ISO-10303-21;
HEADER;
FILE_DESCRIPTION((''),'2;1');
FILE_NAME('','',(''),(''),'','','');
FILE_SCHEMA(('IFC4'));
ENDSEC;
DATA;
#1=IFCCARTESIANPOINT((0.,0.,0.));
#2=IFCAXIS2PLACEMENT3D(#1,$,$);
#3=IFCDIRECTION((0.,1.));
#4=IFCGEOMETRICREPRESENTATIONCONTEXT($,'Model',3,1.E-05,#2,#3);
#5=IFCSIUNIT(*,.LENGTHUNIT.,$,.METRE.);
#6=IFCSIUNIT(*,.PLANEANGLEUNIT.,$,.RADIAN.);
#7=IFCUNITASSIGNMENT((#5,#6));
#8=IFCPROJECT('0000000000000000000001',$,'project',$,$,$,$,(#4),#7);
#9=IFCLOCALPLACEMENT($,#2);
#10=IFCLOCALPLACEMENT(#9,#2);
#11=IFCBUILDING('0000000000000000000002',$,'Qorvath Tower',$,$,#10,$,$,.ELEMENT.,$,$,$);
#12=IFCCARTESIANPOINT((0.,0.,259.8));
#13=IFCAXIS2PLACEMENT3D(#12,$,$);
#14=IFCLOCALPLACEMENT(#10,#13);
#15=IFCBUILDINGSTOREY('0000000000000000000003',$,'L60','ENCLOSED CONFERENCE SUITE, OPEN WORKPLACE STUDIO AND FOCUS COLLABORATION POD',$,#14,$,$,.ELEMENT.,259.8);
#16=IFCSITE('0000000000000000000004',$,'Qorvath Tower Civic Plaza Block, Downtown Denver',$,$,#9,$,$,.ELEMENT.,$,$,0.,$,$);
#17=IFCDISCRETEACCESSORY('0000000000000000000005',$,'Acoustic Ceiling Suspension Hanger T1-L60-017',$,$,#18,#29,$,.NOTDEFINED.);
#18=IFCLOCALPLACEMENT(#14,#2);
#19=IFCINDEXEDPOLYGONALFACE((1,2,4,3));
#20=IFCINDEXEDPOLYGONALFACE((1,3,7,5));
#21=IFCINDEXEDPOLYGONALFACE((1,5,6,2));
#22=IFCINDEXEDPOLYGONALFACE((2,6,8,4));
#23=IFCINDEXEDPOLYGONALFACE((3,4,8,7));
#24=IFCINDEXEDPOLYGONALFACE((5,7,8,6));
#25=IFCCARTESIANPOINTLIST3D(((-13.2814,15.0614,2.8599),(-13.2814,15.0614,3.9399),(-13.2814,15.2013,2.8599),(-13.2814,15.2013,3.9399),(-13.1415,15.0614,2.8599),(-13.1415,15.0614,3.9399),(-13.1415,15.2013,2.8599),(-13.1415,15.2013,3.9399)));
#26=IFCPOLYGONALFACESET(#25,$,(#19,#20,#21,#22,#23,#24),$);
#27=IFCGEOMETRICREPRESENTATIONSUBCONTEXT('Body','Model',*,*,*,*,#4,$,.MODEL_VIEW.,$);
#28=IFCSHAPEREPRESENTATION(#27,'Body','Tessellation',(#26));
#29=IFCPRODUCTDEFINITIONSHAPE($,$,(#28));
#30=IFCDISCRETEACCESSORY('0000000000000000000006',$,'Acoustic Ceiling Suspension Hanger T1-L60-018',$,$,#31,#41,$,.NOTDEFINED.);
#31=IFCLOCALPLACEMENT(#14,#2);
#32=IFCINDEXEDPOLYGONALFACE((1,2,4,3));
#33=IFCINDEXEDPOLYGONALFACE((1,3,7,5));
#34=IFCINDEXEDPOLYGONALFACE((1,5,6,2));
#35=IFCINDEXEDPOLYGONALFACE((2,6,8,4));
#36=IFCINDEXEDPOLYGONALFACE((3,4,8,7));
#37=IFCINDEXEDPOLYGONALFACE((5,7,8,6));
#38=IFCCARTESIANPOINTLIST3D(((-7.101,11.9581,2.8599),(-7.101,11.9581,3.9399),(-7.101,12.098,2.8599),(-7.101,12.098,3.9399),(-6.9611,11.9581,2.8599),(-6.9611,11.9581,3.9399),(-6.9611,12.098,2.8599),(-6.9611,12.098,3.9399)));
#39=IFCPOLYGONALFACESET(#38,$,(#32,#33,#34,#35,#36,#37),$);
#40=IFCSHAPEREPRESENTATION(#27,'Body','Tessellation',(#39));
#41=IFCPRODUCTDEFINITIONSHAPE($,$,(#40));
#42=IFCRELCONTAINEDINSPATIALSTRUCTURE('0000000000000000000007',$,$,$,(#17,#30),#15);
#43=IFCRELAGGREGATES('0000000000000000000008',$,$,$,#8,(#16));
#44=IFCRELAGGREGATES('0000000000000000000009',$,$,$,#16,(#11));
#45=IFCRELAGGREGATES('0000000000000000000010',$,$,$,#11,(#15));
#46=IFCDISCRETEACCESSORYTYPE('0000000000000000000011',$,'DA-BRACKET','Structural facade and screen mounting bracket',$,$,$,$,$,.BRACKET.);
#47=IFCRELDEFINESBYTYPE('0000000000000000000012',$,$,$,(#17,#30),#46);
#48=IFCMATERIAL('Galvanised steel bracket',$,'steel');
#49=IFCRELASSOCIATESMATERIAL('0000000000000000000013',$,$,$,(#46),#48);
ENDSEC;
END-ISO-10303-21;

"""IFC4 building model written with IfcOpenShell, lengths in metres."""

from ifc_helpers import new_model, si_unit, direction, frame, origin, origin_2d, place, context, subcontext, project, spatial, rectangle, extrude, material, type_object, element, save


model = new_model("IFC4")

# Units and contexts
model_context = context("Model", 3, precision=1e-05, world=origin(), true_north=direction((0.0, 1.0)))
body_context = subcontext(model_context, "Body", "Model", "MODEL_VIEW")
ifc_project = project(units=[si_unit("LENGTHUNIT", "METRE"), si_unit("PLANEANGLEUNIT", "RADIAN")], contexts=[model_context])

# Site, building, storey
site_placement = place(None, origin())
site = spatial("IfcSite", under=ifc_project, at=site_placement, Name="Qorvath Tower Civic Plaza Block, Downtown Denver", CompositionType="ELEMENT", RefElevation=0.0)
building_placement = place(site_placement, origin())
building = spatial("IfcBuilding", under=site, at=building_placement, Name="Qorvath Tower", CompositionType="ELEMENT")
storey_placement = place(building_placement, frame((0.0, 0.0, 259.8)))
storey = spatial("IfcBuildingStorey", under=building, at=storey_placement, Name="L60", Description="ENCLOSED CONFERENCE SUITE, OPEN WORKPLACE STUDIO AND FOCUS COLLABORATION POD", CompositionType="ELEMENT", Elevation=259.8)

# Discrete accessories
ifc_material_1 = material(Name="Galvanised steel bracket", Category="steel")
discrete_accessory_type = type_object("IfcDiscreteAccessoryType", Name="DA-BRACKET", Description="Structural facade and screen mounting bracket", PredefinedType="BRACKET", material=ifc_material_1)
for number, where, z_axis, x_axis, name in (
    (1, (-13.2114, 15.1313, 2.8599), (0.0, 0.0, 1.0), (1.0, 0.0, 0.0), "Acoustic Ceiling Suspension Hanger T1-L60-017"),
    (2, (-7.031, 12.0281, 2.8599), (0.0, 0.0, 1.0), (1.0, 0.0, 0.0), "Acoustic Ceiling Suspension Hanger T1-L60-018"),
):
    element("IfcDiscreteAccessory", number, at=place(storey_placement, frame(where, z_axis=z_axis, x_axis=x_axis)), inside=storey, type_object=discrete_accessory_type, Name=name, PredefinedType="NOTDEFINED", context=body_context, shape_type="SweptSolid", body=[
        extrude(rectangle(XDim=0.1399, YDim=0.1399, at=origin_2d()), origin(), (0.0, 0.0, 1.0), 1.0801),
    ])

save(model, "model.ifc")
